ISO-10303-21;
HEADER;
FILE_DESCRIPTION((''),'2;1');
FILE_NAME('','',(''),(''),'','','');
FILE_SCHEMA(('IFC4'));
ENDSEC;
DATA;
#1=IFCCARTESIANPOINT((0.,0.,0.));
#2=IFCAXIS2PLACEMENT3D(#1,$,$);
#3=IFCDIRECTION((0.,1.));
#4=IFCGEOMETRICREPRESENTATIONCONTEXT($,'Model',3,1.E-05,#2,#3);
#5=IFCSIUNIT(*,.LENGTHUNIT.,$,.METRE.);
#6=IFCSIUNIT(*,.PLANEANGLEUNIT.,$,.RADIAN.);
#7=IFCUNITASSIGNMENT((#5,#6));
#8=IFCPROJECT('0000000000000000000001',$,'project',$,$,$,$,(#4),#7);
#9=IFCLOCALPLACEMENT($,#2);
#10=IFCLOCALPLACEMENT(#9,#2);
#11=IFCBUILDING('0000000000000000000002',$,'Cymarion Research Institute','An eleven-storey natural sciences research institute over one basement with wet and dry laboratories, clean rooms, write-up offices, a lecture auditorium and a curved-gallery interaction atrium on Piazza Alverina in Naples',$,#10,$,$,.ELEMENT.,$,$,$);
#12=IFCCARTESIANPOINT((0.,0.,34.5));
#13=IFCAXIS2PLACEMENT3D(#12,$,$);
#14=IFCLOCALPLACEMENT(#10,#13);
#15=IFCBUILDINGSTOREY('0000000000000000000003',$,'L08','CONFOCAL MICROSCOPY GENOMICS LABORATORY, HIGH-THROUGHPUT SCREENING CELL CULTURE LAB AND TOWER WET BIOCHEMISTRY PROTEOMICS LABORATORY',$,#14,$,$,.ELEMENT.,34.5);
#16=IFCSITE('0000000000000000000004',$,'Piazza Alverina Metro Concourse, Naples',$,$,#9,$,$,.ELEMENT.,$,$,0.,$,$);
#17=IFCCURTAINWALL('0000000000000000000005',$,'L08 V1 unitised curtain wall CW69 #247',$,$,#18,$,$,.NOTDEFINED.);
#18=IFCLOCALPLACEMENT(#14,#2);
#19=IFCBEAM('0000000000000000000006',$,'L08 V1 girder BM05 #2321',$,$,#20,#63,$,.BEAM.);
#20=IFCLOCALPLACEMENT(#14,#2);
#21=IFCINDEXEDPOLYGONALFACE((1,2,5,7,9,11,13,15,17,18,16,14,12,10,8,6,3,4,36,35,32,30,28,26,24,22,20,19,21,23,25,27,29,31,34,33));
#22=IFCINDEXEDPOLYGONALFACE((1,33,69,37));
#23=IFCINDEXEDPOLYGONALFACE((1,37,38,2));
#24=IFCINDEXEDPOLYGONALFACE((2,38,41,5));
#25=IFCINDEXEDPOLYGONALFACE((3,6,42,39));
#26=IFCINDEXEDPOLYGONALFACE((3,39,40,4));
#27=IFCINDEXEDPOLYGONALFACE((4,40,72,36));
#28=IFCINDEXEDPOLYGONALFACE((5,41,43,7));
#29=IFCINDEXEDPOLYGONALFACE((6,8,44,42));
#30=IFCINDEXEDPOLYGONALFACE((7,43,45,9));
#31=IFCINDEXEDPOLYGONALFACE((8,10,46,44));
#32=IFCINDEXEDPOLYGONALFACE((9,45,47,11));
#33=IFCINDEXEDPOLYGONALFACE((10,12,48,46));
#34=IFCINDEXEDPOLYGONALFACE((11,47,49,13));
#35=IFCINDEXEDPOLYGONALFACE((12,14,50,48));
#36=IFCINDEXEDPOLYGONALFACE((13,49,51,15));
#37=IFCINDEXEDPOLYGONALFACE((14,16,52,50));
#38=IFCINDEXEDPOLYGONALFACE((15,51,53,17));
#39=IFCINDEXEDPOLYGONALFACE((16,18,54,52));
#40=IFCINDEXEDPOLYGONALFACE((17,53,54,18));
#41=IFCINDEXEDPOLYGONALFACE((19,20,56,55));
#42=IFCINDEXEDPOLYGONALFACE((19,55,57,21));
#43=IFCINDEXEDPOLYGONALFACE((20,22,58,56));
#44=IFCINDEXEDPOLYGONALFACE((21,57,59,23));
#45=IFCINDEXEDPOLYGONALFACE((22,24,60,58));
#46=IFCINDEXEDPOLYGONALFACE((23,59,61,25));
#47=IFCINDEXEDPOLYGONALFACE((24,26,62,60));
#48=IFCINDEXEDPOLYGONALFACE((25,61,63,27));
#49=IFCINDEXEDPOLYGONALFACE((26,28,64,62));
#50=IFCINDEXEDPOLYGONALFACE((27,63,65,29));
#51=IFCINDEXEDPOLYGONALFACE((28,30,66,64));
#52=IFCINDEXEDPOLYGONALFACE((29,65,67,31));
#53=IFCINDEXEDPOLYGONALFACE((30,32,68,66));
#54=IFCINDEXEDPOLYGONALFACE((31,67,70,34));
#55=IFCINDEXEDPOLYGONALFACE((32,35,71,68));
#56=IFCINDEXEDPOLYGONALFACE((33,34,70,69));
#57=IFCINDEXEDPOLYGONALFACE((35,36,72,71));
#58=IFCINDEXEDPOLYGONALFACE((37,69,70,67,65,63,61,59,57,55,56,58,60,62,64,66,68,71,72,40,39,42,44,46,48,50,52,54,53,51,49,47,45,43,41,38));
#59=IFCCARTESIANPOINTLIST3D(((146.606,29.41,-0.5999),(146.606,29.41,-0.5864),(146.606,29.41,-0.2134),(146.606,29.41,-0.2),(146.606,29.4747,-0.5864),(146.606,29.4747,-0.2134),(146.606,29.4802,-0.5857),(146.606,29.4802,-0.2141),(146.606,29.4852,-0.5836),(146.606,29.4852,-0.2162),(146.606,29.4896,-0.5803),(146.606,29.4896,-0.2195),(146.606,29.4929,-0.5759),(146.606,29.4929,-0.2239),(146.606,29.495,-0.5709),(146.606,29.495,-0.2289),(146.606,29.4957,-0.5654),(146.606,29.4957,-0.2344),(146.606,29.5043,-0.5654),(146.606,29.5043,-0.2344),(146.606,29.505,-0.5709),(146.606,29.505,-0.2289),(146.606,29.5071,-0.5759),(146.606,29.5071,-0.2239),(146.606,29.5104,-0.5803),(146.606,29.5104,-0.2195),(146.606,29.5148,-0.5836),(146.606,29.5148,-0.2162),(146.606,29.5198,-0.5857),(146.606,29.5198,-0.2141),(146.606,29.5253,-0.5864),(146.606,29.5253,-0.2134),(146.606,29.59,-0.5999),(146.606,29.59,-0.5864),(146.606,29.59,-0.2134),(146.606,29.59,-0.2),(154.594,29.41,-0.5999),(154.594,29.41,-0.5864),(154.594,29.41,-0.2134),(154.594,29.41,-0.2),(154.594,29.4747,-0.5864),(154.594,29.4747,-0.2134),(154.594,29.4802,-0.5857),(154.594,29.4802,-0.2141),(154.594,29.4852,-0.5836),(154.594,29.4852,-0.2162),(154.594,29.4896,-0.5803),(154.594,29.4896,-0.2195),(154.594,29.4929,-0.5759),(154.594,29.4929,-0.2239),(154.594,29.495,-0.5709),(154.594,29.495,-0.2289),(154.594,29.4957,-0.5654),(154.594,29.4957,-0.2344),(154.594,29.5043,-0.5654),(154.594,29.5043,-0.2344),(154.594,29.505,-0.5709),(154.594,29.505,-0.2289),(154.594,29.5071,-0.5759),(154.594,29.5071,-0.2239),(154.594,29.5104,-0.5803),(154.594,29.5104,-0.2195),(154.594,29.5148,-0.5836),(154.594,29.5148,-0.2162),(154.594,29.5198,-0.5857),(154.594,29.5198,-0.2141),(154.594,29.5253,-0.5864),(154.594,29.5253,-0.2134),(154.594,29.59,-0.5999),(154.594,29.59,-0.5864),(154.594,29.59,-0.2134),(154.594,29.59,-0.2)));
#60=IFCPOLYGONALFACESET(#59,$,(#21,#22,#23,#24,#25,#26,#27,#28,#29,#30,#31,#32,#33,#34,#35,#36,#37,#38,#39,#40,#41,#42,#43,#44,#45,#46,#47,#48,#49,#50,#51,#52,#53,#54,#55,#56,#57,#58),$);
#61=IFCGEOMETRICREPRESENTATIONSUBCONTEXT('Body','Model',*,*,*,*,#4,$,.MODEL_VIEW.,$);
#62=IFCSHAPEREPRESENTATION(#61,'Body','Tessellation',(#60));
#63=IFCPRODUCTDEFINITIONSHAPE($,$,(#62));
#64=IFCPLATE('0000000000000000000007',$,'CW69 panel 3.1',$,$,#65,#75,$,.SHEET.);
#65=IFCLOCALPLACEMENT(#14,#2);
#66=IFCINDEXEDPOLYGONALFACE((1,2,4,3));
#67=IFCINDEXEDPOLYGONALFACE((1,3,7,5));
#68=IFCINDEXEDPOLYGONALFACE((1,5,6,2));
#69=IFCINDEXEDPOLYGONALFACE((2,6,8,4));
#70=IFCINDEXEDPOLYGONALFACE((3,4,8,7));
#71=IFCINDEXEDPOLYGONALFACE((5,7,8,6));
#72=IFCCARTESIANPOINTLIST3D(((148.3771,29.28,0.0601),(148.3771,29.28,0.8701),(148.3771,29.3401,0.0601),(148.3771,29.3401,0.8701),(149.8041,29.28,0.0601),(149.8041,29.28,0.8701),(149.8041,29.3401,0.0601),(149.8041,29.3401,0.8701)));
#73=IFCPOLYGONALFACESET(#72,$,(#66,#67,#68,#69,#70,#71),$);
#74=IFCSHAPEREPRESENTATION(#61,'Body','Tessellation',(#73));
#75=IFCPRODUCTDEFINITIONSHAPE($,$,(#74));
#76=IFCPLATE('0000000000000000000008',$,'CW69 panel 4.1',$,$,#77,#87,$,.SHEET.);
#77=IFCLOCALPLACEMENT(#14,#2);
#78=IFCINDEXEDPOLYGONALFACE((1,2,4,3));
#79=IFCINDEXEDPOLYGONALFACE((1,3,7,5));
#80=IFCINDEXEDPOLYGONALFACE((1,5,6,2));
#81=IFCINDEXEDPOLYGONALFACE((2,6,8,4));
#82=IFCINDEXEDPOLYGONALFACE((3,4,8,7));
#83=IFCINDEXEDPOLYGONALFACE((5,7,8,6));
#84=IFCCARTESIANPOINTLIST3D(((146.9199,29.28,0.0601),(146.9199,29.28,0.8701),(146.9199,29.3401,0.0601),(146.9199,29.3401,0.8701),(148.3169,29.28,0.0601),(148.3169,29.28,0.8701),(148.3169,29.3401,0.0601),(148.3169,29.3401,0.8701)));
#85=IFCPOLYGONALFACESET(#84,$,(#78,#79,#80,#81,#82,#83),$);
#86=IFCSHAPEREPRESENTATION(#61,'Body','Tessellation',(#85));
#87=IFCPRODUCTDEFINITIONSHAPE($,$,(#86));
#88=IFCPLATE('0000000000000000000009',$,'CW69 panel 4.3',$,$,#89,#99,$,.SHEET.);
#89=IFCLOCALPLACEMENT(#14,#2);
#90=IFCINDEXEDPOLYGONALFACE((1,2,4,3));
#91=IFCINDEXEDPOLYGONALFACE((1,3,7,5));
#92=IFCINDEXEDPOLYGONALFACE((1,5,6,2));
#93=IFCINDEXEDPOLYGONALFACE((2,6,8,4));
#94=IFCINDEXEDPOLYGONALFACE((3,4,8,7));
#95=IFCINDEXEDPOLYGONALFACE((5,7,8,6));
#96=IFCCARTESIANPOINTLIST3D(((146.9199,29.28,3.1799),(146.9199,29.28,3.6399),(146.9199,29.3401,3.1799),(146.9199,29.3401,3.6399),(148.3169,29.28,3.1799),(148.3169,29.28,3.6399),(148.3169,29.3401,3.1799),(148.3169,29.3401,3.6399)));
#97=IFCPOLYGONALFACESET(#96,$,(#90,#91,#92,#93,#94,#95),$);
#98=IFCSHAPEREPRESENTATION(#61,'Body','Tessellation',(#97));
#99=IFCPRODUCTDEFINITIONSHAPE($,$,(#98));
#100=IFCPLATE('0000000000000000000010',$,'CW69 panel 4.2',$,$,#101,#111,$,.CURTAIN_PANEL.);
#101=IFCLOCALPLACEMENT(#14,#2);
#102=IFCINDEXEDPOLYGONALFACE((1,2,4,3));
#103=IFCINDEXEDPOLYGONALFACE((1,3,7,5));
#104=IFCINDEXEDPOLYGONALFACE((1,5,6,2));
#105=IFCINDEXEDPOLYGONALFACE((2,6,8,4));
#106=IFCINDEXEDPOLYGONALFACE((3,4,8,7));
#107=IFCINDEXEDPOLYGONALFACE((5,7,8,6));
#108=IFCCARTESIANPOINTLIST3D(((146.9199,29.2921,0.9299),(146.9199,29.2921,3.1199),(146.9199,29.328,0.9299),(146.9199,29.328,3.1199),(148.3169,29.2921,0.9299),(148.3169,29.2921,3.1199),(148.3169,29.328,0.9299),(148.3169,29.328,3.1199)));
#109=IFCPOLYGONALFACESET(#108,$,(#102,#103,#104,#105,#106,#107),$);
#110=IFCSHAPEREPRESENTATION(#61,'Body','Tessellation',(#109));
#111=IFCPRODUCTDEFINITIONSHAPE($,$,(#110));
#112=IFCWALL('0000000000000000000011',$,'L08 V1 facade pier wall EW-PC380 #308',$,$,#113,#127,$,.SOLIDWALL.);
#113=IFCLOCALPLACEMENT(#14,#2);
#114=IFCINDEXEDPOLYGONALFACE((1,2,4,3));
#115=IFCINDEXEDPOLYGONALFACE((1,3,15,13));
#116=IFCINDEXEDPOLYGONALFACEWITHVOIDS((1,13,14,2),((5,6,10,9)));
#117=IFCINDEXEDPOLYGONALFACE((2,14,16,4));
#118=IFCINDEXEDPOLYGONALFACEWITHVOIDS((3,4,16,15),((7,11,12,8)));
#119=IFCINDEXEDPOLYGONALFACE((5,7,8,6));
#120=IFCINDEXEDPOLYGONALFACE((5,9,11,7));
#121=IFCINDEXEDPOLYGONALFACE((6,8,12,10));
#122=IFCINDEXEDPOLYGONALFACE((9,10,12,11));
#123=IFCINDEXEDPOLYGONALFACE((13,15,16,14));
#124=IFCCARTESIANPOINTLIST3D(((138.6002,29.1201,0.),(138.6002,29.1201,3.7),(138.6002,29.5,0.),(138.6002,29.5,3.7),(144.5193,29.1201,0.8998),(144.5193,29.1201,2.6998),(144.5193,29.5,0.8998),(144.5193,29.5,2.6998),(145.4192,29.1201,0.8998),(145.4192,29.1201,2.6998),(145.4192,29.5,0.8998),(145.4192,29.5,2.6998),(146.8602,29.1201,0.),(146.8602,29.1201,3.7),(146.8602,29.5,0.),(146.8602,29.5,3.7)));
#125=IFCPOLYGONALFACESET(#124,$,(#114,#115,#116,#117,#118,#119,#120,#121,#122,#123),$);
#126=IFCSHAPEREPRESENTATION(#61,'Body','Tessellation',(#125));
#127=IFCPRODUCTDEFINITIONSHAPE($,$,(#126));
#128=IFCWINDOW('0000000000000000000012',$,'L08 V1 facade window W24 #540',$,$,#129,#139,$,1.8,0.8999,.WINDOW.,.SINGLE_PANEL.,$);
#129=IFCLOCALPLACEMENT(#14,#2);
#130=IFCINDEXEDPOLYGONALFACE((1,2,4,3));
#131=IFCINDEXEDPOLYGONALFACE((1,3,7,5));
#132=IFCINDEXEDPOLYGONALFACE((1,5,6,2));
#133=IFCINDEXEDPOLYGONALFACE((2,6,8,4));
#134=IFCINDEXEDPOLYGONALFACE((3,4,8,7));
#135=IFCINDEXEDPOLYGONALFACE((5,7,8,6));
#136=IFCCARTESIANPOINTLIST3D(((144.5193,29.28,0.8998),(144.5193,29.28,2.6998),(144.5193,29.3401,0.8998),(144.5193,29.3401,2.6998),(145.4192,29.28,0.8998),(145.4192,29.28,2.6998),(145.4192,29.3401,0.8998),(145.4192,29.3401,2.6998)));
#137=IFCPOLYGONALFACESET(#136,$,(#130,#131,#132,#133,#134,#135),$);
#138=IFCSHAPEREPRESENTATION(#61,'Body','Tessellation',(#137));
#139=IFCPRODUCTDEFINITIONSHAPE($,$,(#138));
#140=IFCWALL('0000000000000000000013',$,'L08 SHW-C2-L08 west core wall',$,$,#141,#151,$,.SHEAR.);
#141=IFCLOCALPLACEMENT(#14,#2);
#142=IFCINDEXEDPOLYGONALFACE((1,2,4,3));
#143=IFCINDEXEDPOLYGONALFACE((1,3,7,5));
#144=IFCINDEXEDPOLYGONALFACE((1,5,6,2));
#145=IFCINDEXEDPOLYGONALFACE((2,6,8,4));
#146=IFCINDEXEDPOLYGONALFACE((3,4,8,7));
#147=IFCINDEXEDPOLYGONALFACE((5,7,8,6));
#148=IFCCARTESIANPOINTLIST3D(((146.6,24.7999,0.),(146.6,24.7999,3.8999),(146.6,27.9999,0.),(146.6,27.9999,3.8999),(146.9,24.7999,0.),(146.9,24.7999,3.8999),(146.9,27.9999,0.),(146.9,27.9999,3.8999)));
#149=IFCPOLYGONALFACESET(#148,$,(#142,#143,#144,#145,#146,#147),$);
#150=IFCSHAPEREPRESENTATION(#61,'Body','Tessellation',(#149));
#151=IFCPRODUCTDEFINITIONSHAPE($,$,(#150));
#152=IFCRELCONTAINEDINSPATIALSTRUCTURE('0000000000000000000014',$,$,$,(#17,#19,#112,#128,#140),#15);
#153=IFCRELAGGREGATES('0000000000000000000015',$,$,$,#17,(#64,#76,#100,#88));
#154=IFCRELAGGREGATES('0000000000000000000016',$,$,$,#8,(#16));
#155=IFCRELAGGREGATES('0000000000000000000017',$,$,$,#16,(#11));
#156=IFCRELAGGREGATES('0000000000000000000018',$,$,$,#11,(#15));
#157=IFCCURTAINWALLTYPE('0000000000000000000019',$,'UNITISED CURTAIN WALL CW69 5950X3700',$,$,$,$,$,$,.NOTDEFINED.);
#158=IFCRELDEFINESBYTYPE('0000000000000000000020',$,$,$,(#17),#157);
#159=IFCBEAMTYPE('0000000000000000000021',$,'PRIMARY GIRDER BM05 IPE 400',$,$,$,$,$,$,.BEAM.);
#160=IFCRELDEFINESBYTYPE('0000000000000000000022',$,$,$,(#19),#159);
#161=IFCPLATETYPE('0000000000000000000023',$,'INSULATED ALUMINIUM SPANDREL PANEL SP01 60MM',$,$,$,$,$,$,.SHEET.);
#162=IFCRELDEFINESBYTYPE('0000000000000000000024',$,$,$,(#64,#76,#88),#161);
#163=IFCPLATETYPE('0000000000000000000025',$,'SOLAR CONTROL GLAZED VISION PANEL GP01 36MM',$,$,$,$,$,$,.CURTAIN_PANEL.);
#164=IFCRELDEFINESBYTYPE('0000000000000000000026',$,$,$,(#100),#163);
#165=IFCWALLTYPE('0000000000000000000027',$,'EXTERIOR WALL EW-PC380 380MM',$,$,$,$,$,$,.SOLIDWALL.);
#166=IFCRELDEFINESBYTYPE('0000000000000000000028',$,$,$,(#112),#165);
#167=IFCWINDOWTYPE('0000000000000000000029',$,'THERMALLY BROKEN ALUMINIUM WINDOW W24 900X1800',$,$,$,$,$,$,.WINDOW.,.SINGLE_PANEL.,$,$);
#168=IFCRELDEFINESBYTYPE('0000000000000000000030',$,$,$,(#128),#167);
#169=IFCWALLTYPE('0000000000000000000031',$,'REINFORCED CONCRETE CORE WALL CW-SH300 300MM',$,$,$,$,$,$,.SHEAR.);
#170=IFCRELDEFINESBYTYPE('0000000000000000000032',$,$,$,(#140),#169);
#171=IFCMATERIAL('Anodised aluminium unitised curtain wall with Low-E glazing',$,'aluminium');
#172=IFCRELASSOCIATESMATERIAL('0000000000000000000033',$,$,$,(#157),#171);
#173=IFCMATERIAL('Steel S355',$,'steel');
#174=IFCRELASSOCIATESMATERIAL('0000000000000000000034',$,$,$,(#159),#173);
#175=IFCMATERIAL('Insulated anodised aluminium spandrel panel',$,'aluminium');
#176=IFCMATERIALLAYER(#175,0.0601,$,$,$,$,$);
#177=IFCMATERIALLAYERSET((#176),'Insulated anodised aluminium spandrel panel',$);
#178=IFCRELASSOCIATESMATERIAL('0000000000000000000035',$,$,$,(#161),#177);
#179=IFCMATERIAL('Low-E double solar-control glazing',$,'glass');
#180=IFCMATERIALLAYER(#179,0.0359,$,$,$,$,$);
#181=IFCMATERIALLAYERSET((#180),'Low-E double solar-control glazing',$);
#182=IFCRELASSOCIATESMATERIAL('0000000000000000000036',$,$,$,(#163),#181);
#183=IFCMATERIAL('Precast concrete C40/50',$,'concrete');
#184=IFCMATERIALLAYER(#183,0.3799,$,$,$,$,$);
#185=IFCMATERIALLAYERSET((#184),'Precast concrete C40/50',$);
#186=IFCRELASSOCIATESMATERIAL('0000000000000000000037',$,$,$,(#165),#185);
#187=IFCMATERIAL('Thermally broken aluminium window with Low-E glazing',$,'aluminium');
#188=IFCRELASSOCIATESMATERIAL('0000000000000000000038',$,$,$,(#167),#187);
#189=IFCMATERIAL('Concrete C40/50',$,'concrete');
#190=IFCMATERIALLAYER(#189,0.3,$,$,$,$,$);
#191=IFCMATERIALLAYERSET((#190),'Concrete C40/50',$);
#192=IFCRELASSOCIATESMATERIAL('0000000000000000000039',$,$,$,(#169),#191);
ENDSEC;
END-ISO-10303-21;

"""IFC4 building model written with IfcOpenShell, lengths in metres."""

from ifc_helpers import new_model, si_unit, direction, frame, frame_2d, origin, origin_2d, place, context, subcontext, project, spatial, rectangle, i_section, extrude, material, layer, layer_set, material_profile, profile_set, type_object, element, fill, aggregate, save


model = new_model("IFC4")

# Units and contexts
model_context = context("Model", 3, precision=1e-05, world=origin(), true_north=direction((0.0, 1.0)))
body_context = subcontext(model_context, "Body", "Model", "MODEL_VIEW")
ifc_project = project(units=[si_unit("LENGTHUNIT", "METRE"), si_unit("PLANEANGLEUNIT", "RADIAN")], contexts=[model_context])

# Site, building, storey
site_placement = place(None, origin())
site = spatial("IfcSite", under=ifc_project, at=site_placement, Name="Piazza Alverina Metro Concourse, Naples", CompositionType="ELEMENT", RefElevation=0.0)
building_placement = place(site_placement, origin())
building = spatial("IfcBuilding", under=site, at=building_placement, Name="Cymarion Research Institute", Description="An eleven-storey natural sciences research institute over one basement with wet and dry laboratories, clean rooms, write-up offices, a lecture auditorium and a curved-gallery interaction atrium on Piazza Alverina in Naples", CompositionType="ELEMENT")
storey_placement = place(building_placement, frame((0.0, 0.0, 34.5)))
storey = spatial("IfcBuildingStorey", under=building, at=storey_placement, Name="L08", Description="CONFOCAL MICROSCOPY GENOMICS LABORATORY, HIGH-THROUGHPUT SCREENING CELL CULTURE LAB AND TOWER WET BIOCHEMISTRY PROTEOMICS LABORATORY", CompositionType="ELEMENT", Elevation=34.5)

# Shared definitions
ifc_material_1 = material(Name="Steel S355", Category="steel")

# Shared definitions
ifc_material_2 = material(Name="Concrete C40/50", Category="concrete")

# Curtain wall
ifc_material_3 = material(Name="Anodised aluminium unitised curtain wall with Low-E glazing", Category="aluminium")
curtain_wall_type = type_object("IfcCurtainWallType", Name="UNITISED CURTAIN WALL CW69 5950X3700", PredefinedType="NOTDEFINED", material=ifc_material_3)
curtain_wall_placement = place(storey_placement, origin())
curtain_wall = element("IfcCurtainWall", 1, at=curtain_wall_placement, inside=storey, type_object=curtain_wall_type, Name="L08 V1 unitised curtain wall CW69 #247", PredefinedType="NOTDEFINED")

# Beam
ifc_material_profile_1 = material_profile(ifc_material_1, i_section(OverallWidth=0.1799, OverallDepth=0.3999, WebThickness=0.0085, FlangeThickness=0.0134, FilletRadius=0.021, at=origin_2d()), Name="IPE 400")
ifc_profile_set_1 = profile_set([ifc_material_profile_1], Name="Steel S355")
beam_type_1 = type_object("IfcBeamType", Name="PRIMARY GIRDER BM05 IPE 400", PredefinedType="BEAM", material=ifc_profile_set_1)
beam_1_placement = place(storey_placement, frame((146.606, 29.5, -0.3999), z_axis=(1.0, 0.0, 0.0), x_axis=(0.0, 1.0, 0.0)))
element("IfcBeam", 2, at=beam_1_placement, inside=storey, type_object=beam_type_1, Name="L08 V1 girder BM05 #2321", PredefinedType="BEAM", context=body_context, shape_type="SweptSolid", body=[
    extrude(i_section(OverallWidth=0.1799, OverallDepth=0.3999, WebThickness=0.0085, FlangeThickness=0.0134, FilletRadius=0.021, at=origin_2d()), origin(), (0.0, 0.0, 1.0), 7.988),
])

# Plates
ifc_material_4 = material(Name="Insulated anodised aluminium spandrel panel", Category="aluminium")
ifc_layer_1 = layer(ifc_material_4, 0.0601)
ifc_layer_set_1 = layer_set([ifc_layer_1], Name="Insulated anodised aluminium spandrel panel")
plate_type_1 = type_object("IfcPlateType", Name="INSULATED ALUMINIUM SPANDREL PANEL SP01 60MM", PredefinedType="SHEET", material=ifc_layer_set_1)
plate_1_placement = place(storey_placement, frame((149.0906, 29.3101, 0.0601), z_axis=(0.0, 0.0, 1.0), x_axis=(-1.0, 0.0, 0.0)))
plate_1 = element("IfcPlate", 3, at=plate_1_placement, type_object=plate_type_1, Name="CW69 panel 3.1", PredefinedType="SHEET", context=body_context, shape_type="SweptSolid", body=[
    extrude(rectangle(XDim=1.427, YDim=0.0601, at=origin_2d()), origin(), (0.0, 0.0, 1.0), 0.8101),
])
plate_2_placement = place(storey_placement, frame((147.6184, 29.3101, 0.0601), z_axis=(0.0, 0.0, 1.0), x_axis=(-1.0, 0.0, 0.0)))
plate_2 = element("IfcPlate", 4, at=plate_2_placement, type_object=plate_type_1, Name="CW69 panel 4.1", PredefinedType="SHEET", context=body_context, shape_type="SweptSolid", body=[
    extrude(rectangle(XDim=1.397, YDim=0.0601, at=origin_2d()), origin(), (0.0, 0.0, 1.0), 0.8101),
])
plate_3_placement = place(storey_placement, frame((147.6184, 29.3101, 3.1799), z_axis=(0.0, 0.0, 1.0), x_axis=(-1.0, 0.0, 0.0)))
plate_3 = element("IfcPlate", 5, at=plate_3_placement, type_object=plate_type_1, Name="CW69 panel 4.3", PredefinedType="SHEET", context=body_context, shape_type="SweptSolid", body=[
    extrude(rectangle(XDim=1.397, YDim=0.0601, at=origin_2d()), origin(), (0.0, 0.0, 1.0), 0.46),
])
ifc_material_5 = material(Name="Low-E double solar-control glazing", Category="glass")
ifc_layer_2 = layer(ifc_material_5, 0.0359)
ifc_layer_set_2 = layer_set([ifc_layer_2], Name="Low-E double solar-control glazing")
plate_type_2 = type_object("IfcPlateType", Name="SOLAR CONTROL GLAZED VISION PANEL GP01 36MM", PredefinedType="CURTAIN_PANEL", material=ifc_layer_set_2)
plate_4_placement = place(storey_placement, frame((147.6184, 29.3101, 0.9299), z_axis=(0.0, 0.0, 1.0), x_axis=(-1.0, 0.0, 0.0)))
plate_4 = element("IfcPlate", 6, at=plate_4_placement, type_object=plate_type_2, Name="CW69 panel 4.2", PredefinedType="CURTAIN_PANEL", context=body_context, shape_type="SweptSolid", body=[
    extrude(rectangle(XDim=1.397, YDim=0.0359, at=origin_2d()), origin(), (0.0, 0.0, 1.0), 2.1899),
])
aggregate(curtain_wall, [plate_1, plate_2, plate_4, plate_3])

# Wall, opening, window
ifc_material_6 = material(Name="Precast concrete C40/50", Category="concrete")
ifc_layer_3 = layer(ifc_material_6, 0.3799)
ifc_layer_set_3 = layer_set([ifc_layer_3], Name="Precast concrete C40/50")
wall_type_1 = type_object("IfcWallType", Name="EXTERIOR WALL EW-PC380 380MM", PredefinedType="SOLIDWALL", material=ifc_layer_set_3)
wall_1_placement = place(storey_placement, frame((146.8601, 29.3101, 0.0), z_axis=(0.0, 0.0, 1.0), x_axis=(-1.0, 0.0, 0.0)))
wall_1 = element("IfcWall", 7, at=wall_1_placement, inside=storey, type_object=wall_type_1, Name="L08 V1 facade pier wall EW-PC380 #308", PredefinedType="SOLIDWALL", context=body_context, shape_type="SweptSolid", body=[
    extrude(rectangle(XDim=8.26, YDim=0.3799, at=frame_2d((4.1299, 0.0))), origin(), (0.0, 0.0, 1.0), 3.7),
])
opening_placement = place(wall_1_placement, frame((1.4409, 0.0, 0.8999)))
opening = element("IfcOpeningElement", 8, at=opening_placement, cuts=wall_1, PredefinedType="OPENING", context=body_context, shape_type="SweptSolid", body=[
    extrude(rectangle(XDim=0.8999, YDim=1.8, at=frame_2d((0.45, 0.8999))), frame((0.0, 0.2, 0.0), z_axis=(0.0, -1.0, 0.0), x_axis=(1.0, 0.0, 0.0)), (0.0, 0.0, 1.0), 0.3999),
])
ifc_material_7 = material(Name="Thermally broken aluminium window with Low-E glazing", Category="aluminium")
window_type = type_object("IfcWindowType", Name="THERMALLY BROKEN ALUMINIUM WINDOW W24 900X1800", PartitioningType="SINGLE_PANEL", PredefinedType="WINDOW", material=ifc_material_7)
window_placement = place(opening_placement, origin())
window = element("IfcWindow", 9, at=window_placement, inside=storey, type_object=window_type, Name="L08 V1 facade window W24 #540", OverallHeight=1.8, OverallWidth=0.8999, PartitioningType="SINGLE_PANEL", PredefinedType="WINDOW", context=body_context, shape_type="SweptSolid", body=[
    extrude(rectangle(XDim=0.8999, YDim=1.8, at=frame_2d((0.45, 0.8999))), frame((0.0, 0.03, 0.0), z_axis=(0.0, -1.0, 0.0), x_axis=(1.0, 0.0, 0.0)), (0.0, 0.0, 1.0), 0.0601),
])
fill(opening, window)

# Wall
ifc_layer_4 = layer(ifc_material_2, 0.3)
ifc_layer_set_4 = layer_set([ifc_layer_4], Name="Concrete C40/50")
wall_type_2 = type_object("IfcWallType", Name="REINFORCED CONCRETE CORE WALL CW-SH300 300MM", PredefinedType="SHEAR", material=ifc_layer_set_4)
wall_2_placement = place(storey_placement, frame((146.75, 28.0, 0.0), z_axis=(0.0, 0.0, 1.0), x_axis=(0.0, -1.0, 0.0)))
element("IfcWall", 10, at=wall_2_placement, inside=storey, type_object=wall_type_2, Name="L08 SHW-C2-L08 west core wall", PredefinedType="SHEAR", context=body_context, shape_type="SweptSolid", body=[
    extrude(rectangle(XDim=3.2, YDim=0.3, at=frame_2d((1.6001, 0.0))), origin(), (0.0, 0.0, 1.0), 3.8999),
])

save(model, "model.ifc")
